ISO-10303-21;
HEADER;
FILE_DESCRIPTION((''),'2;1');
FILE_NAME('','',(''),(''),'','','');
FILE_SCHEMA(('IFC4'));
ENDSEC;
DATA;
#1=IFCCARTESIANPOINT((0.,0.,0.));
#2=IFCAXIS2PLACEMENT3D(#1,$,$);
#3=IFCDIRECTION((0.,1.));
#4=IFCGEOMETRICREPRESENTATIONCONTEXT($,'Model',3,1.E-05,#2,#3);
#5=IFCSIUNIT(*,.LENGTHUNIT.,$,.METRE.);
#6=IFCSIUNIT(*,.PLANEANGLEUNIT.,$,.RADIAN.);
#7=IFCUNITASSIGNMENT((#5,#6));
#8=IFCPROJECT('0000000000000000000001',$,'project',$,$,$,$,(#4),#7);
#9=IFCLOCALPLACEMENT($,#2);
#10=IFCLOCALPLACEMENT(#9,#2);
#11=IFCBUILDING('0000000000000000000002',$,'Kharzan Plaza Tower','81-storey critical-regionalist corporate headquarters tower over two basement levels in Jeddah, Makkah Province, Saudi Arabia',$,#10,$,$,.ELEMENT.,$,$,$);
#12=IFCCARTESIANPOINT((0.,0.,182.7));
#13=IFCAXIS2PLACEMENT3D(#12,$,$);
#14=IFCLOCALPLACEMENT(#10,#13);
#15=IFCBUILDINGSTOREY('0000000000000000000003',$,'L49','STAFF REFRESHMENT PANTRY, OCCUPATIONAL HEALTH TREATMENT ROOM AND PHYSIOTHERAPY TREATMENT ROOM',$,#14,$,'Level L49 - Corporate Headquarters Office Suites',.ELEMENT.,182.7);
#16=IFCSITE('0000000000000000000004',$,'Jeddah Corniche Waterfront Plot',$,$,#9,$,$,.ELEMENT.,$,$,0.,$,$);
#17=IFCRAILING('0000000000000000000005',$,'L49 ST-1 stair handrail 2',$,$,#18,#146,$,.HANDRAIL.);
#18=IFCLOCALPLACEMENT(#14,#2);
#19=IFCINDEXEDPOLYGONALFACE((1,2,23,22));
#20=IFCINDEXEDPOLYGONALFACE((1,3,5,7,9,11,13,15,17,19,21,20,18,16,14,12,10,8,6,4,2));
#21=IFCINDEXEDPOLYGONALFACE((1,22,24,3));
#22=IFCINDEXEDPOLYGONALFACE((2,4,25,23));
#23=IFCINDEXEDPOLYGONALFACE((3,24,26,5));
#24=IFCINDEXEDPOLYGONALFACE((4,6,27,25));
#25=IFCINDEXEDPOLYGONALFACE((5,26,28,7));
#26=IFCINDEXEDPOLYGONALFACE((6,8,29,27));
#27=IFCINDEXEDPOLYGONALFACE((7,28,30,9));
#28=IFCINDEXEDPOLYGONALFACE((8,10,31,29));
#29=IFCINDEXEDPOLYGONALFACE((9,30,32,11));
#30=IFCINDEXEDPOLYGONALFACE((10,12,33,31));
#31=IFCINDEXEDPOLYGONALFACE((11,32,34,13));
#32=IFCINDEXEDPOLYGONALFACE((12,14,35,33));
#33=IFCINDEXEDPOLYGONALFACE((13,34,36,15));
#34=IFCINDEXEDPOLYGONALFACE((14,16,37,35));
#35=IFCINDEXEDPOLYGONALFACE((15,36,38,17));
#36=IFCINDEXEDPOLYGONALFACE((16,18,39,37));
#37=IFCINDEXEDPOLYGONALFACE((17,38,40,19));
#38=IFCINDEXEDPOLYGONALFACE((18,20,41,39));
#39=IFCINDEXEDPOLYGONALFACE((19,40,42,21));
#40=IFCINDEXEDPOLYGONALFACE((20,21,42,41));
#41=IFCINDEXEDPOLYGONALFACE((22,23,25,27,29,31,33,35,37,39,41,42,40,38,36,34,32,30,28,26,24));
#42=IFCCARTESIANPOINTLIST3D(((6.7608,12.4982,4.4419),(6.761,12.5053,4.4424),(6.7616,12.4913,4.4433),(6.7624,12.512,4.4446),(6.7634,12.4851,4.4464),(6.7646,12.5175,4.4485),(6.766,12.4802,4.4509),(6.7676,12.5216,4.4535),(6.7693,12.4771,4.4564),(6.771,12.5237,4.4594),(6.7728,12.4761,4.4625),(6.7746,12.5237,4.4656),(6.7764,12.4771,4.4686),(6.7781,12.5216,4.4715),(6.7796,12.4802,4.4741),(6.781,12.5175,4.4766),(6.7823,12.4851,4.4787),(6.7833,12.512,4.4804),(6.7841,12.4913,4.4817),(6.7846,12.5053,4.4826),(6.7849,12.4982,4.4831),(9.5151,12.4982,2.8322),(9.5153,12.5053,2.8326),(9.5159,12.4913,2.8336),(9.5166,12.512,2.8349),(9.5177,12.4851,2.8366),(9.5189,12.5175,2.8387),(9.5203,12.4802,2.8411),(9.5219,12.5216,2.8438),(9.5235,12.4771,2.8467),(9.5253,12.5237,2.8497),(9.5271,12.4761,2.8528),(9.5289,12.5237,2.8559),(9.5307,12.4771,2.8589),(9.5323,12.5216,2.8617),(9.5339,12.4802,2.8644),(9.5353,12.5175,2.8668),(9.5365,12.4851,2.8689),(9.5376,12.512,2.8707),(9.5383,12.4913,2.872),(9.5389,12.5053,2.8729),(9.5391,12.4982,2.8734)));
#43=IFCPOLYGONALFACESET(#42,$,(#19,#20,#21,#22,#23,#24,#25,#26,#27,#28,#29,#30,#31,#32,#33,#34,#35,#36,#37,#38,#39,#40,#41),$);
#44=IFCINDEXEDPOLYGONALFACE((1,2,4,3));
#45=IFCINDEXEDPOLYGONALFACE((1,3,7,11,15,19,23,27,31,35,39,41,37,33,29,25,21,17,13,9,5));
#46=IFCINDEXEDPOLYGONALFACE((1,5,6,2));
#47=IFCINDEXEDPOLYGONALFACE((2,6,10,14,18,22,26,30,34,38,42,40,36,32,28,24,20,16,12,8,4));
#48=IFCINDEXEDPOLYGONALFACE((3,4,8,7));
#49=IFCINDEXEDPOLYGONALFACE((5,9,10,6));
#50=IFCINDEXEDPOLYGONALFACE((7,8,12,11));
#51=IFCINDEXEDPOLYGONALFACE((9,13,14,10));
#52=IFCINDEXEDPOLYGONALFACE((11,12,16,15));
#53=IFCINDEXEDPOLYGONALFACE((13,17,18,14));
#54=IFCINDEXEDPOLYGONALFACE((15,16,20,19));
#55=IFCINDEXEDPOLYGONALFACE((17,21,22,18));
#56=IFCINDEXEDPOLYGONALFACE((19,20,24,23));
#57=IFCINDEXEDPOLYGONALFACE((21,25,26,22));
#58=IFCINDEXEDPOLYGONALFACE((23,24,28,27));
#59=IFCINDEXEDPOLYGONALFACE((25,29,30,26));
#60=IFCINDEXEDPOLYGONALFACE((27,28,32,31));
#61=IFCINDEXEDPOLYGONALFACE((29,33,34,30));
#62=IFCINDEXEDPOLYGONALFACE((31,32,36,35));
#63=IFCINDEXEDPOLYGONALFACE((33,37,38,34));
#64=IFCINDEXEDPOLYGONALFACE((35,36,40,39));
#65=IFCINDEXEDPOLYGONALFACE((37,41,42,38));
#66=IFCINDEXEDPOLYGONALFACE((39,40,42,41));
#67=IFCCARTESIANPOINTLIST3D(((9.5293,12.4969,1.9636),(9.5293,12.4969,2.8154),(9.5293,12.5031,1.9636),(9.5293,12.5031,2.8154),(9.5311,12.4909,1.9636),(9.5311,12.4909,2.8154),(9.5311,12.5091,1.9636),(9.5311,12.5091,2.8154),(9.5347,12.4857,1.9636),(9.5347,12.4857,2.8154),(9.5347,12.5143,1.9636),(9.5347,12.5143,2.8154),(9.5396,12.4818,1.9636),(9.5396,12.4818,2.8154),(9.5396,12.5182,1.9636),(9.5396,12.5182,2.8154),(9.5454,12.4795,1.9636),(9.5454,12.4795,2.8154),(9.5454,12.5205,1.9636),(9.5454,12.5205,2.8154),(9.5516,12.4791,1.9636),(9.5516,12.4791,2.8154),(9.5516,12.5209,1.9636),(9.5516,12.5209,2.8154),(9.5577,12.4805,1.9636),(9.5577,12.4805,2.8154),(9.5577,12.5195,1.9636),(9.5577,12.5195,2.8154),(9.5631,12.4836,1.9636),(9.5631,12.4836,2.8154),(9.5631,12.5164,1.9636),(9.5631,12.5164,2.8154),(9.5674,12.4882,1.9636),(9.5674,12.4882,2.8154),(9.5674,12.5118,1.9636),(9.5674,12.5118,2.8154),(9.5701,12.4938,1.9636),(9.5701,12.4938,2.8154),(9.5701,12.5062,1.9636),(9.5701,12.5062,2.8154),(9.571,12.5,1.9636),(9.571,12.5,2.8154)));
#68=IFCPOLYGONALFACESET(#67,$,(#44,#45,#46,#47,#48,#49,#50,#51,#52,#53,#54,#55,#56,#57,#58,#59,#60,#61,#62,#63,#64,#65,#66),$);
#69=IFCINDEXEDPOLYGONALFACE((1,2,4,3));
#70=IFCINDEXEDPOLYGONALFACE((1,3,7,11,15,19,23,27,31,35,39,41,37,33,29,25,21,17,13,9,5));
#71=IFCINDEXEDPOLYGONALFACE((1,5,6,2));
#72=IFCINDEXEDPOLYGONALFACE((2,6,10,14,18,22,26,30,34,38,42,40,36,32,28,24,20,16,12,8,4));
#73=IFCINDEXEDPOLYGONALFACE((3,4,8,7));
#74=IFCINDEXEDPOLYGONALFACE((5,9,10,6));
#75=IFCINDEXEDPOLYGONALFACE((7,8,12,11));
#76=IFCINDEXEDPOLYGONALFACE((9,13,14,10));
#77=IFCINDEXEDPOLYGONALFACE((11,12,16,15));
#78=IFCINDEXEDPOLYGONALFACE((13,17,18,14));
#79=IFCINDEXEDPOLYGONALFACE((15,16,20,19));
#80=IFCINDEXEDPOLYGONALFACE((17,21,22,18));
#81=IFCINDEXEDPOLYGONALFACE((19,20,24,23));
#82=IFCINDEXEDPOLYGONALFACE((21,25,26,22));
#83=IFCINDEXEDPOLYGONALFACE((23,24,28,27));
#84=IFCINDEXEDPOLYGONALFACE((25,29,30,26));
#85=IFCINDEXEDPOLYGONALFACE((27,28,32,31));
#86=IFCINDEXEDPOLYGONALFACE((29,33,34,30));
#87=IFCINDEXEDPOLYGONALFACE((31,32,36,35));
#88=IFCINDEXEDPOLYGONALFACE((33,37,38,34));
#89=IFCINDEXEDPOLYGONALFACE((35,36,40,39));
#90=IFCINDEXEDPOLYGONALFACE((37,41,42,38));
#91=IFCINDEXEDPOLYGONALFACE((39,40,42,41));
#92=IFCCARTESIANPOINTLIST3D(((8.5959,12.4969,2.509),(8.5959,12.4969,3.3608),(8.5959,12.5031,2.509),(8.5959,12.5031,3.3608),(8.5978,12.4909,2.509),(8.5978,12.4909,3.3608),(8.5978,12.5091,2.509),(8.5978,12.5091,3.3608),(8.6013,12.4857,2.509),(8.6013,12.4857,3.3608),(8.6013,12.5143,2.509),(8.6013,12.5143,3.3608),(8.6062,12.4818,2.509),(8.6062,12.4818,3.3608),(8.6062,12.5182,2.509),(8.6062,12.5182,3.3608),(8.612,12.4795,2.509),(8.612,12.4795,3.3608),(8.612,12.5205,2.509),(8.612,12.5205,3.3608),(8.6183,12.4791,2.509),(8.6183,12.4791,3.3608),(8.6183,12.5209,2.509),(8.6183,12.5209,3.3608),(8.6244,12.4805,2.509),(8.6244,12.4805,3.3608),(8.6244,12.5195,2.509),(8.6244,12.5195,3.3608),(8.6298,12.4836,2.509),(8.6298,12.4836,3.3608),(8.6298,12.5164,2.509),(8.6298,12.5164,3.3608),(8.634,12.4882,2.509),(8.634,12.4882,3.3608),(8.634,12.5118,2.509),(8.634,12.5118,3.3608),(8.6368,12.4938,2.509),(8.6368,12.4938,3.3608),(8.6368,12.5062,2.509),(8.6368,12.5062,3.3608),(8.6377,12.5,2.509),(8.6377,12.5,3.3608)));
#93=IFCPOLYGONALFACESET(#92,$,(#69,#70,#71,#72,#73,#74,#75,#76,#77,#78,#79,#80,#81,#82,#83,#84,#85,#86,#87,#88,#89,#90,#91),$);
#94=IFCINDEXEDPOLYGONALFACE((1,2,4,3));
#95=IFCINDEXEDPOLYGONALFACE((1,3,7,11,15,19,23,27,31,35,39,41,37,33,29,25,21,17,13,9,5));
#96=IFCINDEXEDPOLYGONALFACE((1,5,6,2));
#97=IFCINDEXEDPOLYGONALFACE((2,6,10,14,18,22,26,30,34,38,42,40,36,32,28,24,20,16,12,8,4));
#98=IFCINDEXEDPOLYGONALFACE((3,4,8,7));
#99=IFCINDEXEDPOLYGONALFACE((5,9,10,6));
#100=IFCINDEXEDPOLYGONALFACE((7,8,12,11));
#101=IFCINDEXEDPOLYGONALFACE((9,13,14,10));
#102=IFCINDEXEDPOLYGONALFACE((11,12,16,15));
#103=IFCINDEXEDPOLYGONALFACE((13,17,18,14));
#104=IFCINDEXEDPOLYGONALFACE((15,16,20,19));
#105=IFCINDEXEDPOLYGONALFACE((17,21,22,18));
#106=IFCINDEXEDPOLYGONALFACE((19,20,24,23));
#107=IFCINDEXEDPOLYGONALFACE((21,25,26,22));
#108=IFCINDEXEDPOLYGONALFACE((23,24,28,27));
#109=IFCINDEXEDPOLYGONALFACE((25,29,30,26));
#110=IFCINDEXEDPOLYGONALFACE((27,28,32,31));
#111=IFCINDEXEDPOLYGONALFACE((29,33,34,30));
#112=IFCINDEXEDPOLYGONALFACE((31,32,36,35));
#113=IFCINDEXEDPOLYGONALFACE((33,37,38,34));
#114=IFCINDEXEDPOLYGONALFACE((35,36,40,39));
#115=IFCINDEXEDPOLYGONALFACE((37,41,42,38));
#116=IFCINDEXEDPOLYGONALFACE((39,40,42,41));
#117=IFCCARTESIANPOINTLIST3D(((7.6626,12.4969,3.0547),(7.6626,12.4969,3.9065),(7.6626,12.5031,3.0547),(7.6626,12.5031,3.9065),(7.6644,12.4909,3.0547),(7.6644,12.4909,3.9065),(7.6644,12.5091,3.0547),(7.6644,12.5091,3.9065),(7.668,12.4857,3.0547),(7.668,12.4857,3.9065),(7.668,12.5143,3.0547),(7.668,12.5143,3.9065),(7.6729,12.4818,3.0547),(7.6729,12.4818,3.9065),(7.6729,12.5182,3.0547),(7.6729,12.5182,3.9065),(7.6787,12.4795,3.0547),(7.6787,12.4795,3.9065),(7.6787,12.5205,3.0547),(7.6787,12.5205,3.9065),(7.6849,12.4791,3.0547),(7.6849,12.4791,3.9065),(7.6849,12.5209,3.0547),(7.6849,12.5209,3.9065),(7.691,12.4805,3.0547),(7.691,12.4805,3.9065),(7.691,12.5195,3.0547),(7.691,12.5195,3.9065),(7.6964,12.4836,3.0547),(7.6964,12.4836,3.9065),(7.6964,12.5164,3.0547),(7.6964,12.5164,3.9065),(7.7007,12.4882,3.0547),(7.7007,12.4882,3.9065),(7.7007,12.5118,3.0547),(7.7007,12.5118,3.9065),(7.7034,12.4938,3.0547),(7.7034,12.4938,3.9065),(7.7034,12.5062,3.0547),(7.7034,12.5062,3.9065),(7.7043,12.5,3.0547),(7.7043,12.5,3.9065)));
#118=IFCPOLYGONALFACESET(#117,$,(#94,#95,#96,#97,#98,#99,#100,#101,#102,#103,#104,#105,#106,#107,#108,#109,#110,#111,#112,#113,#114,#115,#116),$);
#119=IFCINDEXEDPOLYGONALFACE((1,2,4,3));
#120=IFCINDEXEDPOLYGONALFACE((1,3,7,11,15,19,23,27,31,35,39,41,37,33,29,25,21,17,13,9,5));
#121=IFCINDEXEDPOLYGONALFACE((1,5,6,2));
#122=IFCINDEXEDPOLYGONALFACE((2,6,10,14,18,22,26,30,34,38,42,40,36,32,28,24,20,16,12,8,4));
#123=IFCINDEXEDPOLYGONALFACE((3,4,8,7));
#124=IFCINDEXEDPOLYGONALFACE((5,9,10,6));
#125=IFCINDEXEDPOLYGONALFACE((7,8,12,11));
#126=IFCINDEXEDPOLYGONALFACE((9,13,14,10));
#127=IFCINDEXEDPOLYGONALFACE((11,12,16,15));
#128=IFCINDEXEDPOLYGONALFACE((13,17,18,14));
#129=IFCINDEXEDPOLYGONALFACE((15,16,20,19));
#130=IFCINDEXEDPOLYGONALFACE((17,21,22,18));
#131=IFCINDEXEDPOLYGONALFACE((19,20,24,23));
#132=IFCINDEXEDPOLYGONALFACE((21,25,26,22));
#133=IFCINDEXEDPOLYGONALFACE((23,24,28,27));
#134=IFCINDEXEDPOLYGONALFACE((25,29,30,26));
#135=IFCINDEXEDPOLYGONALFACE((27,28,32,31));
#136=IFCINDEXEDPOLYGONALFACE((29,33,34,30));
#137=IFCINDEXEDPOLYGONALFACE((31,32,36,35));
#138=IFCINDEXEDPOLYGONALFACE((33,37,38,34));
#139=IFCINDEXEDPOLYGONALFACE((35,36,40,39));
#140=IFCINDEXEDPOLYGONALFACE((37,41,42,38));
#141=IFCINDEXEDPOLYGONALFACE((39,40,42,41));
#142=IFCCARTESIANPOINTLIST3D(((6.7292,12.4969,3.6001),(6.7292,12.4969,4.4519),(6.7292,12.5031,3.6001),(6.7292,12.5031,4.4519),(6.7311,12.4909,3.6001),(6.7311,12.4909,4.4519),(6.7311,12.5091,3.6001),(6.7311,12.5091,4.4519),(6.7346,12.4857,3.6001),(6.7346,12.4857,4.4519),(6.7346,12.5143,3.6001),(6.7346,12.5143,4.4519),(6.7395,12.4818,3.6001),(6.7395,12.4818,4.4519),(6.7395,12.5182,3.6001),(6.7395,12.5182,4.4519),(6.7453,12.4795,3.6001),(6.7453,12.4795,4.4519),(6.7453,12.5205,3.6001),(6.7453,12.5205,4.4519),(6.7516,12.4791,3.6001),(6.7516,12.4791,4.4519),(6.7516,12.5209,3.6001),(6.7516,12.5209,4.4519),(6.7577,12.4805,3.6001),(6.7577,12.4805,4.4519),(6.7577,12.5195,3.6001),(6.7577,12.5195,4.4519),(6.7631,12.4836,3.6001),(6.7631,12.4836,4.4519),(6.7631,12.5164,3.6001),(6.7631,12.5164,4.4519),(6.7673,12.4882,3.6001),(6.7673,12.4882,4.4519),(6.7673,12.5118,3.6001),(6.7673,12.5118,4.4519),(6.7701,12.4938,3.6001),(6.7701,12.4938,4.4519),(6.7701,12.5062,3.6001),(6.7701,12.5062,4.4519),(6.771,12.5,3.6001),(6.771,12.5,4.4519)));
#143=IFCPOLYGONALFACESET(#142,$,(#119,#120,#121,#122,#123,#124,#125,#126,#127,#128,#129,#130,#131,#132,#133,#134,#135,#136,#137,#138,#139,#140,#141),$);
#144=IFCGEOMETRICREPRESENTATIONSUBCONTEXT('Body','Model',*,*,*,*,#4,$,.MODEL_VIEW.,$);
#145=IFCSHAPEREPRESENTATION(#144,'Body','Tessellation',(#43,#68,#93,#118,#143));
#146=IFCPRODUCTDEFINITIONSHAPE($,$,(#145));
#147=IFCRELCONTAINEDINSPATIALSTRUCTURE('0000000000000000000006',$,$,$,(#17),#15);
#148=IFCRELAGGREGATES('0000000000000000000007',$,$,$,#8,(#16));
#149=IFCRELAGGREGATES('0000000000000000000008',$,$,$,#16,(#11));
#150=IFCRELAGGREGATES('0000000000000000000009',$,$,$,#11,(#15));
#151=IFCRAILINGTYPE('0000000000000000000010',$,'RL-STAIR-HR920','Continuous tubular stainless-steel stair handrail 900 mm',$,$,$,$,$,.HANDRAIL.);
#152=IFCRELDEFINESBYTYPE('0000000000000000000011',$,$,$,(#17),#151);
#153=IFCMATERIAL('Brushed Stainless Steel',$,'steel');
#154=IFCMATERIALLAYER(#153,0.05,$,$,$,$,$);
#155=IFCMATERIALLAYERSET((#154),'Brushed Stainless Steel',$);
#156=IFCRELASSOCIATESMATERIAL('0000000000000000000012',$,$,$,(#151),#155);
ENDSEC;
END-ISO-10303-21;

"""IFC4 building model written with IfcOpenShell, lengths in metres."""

from ifc_helpers import new_model, si_unit, direction, frame, origin, origin_2d, place, context, subcontext, project, spatial, circle, extrude, source, transform, mapped, material, layer, layer_set, type_object, element, save


model = new_model("IFC4")

# Units and contexts
model_context = context("Model", 3, precision=1e-05, world=origin(), true_north=direction((0.0, 1.0)))
body_context = subcontext(model_context, "Body", "Model", "MODEL_VIEW")
ifc_project = project(units=[si_unit("LENGTHUNIT", "METRE"), si_unit("PLANEANGLEUNIT", "RADIAN")], contexts=[model_context])

# Site, building, storey
site_placement = place(None, origin())
site = spatial("IfcSite", under=ifc_project, at=site_placement, Name="Jeddah Corniche Waterfront Plot", CompositionType="ELEMENT", RefElevation=0.0)
building_placement = place(site_placement, origin())
building = spatial("IfcBuilding", under=site, at=building_placement, Name="Kharzan Plaza Tower", Description="81-storey critical-regionalist corporate headquarters tower over two basement levels in Jeddah, Makkah Province, Saudi Arabia", CompositionType="ELEMENT")
storey_placement = place(building_placement, frame((0.0, 0.0, 182.7)))
storey = spatial("IfcBuildingStorey", under=building, at=storey_placement, Name="L49", Description="STAFF REFRESHMENT PANTRY, OCCUPATIONAL HEALTH TREATMENT ROOM AND PHYSIOTHERAPY TREATMENT ROOM", LongName="Level L49 - Corporate Headquarters Office Suites", CompositionType="ELEMENT", Elevation=182.7)

# Shared definitions
ifc_material_1 = material(Name="Brushed Stainless Steel", Category="steel")

# Railing
ifc_layer_1 = layer(ifc_material_1, 0.05)
ifc_layer_set_1 = layer_set([ifc_layer_1], Name="Brushed Stainless Steel")
railing_type_1 = type_object("IfcRailingType", Name="RL-STAIR-HR920", Description="Continuous tubular stainless-steel stair handrail 900 mm", PredefinedType="HANDRAIL", material=ifc_layer_set_1)
shared_shape_1 = source(origin(), body_context, "Body", "SweptSolid", [
    extrude(circle(Radius=0.0239, at=origin_2d()), frame((-0.0229, 0.0, 0.8892), z_axis=(-0.863361, 0.0, 0.504587), x_axis=(0.0, -1.0, 0.0)), (0.0, 0.0, 1.0), 3.1902),
    extrude(circle(Radius=0.021, at=origin_2d()), origin(), (0.0, 0.0, 1.0), 0.8518),
    extrude(circle(Radius=0.021, at=origin_2d()), frame((-0.9333, 0.0, 0.5454)), (0.0, 0.0, 1.0), 0.8518),
    extrude(circle(Radius=0.021, at=origin_2d()), frame((-1.8667, 0.0, 1.0911)), (0.0, 0.0, 1.0), 0.8518),
    extrude(circle(Radius=0.021, at=origin_2d()), frame((-2.8, 0.0, 1.6365)), (0.0, 0.0, 1.0), 0.8518),
])
railing_1_placement = place(storey_placement, frame((9.55, 12.5, 1.9636)))
element("IfcRailing", 1, at=railing_1_placement, inside=storey, type_object=railing_type_1, Name="L49 ST-1 stair handrail 2", PredefinedType="HANDRAIL", context=body_context, shape_type="MappedRepresentation", body=[
    mapped(shared_shape_1, transform((0.0, 0.0, 0.0), x_axis=(1.0, 0.0, 0.0), y_axis=(0.0, 1.0, 0.0), z_axis=(0.0, 0.0, 1.0))),
])

save(model, "model.ifc")
